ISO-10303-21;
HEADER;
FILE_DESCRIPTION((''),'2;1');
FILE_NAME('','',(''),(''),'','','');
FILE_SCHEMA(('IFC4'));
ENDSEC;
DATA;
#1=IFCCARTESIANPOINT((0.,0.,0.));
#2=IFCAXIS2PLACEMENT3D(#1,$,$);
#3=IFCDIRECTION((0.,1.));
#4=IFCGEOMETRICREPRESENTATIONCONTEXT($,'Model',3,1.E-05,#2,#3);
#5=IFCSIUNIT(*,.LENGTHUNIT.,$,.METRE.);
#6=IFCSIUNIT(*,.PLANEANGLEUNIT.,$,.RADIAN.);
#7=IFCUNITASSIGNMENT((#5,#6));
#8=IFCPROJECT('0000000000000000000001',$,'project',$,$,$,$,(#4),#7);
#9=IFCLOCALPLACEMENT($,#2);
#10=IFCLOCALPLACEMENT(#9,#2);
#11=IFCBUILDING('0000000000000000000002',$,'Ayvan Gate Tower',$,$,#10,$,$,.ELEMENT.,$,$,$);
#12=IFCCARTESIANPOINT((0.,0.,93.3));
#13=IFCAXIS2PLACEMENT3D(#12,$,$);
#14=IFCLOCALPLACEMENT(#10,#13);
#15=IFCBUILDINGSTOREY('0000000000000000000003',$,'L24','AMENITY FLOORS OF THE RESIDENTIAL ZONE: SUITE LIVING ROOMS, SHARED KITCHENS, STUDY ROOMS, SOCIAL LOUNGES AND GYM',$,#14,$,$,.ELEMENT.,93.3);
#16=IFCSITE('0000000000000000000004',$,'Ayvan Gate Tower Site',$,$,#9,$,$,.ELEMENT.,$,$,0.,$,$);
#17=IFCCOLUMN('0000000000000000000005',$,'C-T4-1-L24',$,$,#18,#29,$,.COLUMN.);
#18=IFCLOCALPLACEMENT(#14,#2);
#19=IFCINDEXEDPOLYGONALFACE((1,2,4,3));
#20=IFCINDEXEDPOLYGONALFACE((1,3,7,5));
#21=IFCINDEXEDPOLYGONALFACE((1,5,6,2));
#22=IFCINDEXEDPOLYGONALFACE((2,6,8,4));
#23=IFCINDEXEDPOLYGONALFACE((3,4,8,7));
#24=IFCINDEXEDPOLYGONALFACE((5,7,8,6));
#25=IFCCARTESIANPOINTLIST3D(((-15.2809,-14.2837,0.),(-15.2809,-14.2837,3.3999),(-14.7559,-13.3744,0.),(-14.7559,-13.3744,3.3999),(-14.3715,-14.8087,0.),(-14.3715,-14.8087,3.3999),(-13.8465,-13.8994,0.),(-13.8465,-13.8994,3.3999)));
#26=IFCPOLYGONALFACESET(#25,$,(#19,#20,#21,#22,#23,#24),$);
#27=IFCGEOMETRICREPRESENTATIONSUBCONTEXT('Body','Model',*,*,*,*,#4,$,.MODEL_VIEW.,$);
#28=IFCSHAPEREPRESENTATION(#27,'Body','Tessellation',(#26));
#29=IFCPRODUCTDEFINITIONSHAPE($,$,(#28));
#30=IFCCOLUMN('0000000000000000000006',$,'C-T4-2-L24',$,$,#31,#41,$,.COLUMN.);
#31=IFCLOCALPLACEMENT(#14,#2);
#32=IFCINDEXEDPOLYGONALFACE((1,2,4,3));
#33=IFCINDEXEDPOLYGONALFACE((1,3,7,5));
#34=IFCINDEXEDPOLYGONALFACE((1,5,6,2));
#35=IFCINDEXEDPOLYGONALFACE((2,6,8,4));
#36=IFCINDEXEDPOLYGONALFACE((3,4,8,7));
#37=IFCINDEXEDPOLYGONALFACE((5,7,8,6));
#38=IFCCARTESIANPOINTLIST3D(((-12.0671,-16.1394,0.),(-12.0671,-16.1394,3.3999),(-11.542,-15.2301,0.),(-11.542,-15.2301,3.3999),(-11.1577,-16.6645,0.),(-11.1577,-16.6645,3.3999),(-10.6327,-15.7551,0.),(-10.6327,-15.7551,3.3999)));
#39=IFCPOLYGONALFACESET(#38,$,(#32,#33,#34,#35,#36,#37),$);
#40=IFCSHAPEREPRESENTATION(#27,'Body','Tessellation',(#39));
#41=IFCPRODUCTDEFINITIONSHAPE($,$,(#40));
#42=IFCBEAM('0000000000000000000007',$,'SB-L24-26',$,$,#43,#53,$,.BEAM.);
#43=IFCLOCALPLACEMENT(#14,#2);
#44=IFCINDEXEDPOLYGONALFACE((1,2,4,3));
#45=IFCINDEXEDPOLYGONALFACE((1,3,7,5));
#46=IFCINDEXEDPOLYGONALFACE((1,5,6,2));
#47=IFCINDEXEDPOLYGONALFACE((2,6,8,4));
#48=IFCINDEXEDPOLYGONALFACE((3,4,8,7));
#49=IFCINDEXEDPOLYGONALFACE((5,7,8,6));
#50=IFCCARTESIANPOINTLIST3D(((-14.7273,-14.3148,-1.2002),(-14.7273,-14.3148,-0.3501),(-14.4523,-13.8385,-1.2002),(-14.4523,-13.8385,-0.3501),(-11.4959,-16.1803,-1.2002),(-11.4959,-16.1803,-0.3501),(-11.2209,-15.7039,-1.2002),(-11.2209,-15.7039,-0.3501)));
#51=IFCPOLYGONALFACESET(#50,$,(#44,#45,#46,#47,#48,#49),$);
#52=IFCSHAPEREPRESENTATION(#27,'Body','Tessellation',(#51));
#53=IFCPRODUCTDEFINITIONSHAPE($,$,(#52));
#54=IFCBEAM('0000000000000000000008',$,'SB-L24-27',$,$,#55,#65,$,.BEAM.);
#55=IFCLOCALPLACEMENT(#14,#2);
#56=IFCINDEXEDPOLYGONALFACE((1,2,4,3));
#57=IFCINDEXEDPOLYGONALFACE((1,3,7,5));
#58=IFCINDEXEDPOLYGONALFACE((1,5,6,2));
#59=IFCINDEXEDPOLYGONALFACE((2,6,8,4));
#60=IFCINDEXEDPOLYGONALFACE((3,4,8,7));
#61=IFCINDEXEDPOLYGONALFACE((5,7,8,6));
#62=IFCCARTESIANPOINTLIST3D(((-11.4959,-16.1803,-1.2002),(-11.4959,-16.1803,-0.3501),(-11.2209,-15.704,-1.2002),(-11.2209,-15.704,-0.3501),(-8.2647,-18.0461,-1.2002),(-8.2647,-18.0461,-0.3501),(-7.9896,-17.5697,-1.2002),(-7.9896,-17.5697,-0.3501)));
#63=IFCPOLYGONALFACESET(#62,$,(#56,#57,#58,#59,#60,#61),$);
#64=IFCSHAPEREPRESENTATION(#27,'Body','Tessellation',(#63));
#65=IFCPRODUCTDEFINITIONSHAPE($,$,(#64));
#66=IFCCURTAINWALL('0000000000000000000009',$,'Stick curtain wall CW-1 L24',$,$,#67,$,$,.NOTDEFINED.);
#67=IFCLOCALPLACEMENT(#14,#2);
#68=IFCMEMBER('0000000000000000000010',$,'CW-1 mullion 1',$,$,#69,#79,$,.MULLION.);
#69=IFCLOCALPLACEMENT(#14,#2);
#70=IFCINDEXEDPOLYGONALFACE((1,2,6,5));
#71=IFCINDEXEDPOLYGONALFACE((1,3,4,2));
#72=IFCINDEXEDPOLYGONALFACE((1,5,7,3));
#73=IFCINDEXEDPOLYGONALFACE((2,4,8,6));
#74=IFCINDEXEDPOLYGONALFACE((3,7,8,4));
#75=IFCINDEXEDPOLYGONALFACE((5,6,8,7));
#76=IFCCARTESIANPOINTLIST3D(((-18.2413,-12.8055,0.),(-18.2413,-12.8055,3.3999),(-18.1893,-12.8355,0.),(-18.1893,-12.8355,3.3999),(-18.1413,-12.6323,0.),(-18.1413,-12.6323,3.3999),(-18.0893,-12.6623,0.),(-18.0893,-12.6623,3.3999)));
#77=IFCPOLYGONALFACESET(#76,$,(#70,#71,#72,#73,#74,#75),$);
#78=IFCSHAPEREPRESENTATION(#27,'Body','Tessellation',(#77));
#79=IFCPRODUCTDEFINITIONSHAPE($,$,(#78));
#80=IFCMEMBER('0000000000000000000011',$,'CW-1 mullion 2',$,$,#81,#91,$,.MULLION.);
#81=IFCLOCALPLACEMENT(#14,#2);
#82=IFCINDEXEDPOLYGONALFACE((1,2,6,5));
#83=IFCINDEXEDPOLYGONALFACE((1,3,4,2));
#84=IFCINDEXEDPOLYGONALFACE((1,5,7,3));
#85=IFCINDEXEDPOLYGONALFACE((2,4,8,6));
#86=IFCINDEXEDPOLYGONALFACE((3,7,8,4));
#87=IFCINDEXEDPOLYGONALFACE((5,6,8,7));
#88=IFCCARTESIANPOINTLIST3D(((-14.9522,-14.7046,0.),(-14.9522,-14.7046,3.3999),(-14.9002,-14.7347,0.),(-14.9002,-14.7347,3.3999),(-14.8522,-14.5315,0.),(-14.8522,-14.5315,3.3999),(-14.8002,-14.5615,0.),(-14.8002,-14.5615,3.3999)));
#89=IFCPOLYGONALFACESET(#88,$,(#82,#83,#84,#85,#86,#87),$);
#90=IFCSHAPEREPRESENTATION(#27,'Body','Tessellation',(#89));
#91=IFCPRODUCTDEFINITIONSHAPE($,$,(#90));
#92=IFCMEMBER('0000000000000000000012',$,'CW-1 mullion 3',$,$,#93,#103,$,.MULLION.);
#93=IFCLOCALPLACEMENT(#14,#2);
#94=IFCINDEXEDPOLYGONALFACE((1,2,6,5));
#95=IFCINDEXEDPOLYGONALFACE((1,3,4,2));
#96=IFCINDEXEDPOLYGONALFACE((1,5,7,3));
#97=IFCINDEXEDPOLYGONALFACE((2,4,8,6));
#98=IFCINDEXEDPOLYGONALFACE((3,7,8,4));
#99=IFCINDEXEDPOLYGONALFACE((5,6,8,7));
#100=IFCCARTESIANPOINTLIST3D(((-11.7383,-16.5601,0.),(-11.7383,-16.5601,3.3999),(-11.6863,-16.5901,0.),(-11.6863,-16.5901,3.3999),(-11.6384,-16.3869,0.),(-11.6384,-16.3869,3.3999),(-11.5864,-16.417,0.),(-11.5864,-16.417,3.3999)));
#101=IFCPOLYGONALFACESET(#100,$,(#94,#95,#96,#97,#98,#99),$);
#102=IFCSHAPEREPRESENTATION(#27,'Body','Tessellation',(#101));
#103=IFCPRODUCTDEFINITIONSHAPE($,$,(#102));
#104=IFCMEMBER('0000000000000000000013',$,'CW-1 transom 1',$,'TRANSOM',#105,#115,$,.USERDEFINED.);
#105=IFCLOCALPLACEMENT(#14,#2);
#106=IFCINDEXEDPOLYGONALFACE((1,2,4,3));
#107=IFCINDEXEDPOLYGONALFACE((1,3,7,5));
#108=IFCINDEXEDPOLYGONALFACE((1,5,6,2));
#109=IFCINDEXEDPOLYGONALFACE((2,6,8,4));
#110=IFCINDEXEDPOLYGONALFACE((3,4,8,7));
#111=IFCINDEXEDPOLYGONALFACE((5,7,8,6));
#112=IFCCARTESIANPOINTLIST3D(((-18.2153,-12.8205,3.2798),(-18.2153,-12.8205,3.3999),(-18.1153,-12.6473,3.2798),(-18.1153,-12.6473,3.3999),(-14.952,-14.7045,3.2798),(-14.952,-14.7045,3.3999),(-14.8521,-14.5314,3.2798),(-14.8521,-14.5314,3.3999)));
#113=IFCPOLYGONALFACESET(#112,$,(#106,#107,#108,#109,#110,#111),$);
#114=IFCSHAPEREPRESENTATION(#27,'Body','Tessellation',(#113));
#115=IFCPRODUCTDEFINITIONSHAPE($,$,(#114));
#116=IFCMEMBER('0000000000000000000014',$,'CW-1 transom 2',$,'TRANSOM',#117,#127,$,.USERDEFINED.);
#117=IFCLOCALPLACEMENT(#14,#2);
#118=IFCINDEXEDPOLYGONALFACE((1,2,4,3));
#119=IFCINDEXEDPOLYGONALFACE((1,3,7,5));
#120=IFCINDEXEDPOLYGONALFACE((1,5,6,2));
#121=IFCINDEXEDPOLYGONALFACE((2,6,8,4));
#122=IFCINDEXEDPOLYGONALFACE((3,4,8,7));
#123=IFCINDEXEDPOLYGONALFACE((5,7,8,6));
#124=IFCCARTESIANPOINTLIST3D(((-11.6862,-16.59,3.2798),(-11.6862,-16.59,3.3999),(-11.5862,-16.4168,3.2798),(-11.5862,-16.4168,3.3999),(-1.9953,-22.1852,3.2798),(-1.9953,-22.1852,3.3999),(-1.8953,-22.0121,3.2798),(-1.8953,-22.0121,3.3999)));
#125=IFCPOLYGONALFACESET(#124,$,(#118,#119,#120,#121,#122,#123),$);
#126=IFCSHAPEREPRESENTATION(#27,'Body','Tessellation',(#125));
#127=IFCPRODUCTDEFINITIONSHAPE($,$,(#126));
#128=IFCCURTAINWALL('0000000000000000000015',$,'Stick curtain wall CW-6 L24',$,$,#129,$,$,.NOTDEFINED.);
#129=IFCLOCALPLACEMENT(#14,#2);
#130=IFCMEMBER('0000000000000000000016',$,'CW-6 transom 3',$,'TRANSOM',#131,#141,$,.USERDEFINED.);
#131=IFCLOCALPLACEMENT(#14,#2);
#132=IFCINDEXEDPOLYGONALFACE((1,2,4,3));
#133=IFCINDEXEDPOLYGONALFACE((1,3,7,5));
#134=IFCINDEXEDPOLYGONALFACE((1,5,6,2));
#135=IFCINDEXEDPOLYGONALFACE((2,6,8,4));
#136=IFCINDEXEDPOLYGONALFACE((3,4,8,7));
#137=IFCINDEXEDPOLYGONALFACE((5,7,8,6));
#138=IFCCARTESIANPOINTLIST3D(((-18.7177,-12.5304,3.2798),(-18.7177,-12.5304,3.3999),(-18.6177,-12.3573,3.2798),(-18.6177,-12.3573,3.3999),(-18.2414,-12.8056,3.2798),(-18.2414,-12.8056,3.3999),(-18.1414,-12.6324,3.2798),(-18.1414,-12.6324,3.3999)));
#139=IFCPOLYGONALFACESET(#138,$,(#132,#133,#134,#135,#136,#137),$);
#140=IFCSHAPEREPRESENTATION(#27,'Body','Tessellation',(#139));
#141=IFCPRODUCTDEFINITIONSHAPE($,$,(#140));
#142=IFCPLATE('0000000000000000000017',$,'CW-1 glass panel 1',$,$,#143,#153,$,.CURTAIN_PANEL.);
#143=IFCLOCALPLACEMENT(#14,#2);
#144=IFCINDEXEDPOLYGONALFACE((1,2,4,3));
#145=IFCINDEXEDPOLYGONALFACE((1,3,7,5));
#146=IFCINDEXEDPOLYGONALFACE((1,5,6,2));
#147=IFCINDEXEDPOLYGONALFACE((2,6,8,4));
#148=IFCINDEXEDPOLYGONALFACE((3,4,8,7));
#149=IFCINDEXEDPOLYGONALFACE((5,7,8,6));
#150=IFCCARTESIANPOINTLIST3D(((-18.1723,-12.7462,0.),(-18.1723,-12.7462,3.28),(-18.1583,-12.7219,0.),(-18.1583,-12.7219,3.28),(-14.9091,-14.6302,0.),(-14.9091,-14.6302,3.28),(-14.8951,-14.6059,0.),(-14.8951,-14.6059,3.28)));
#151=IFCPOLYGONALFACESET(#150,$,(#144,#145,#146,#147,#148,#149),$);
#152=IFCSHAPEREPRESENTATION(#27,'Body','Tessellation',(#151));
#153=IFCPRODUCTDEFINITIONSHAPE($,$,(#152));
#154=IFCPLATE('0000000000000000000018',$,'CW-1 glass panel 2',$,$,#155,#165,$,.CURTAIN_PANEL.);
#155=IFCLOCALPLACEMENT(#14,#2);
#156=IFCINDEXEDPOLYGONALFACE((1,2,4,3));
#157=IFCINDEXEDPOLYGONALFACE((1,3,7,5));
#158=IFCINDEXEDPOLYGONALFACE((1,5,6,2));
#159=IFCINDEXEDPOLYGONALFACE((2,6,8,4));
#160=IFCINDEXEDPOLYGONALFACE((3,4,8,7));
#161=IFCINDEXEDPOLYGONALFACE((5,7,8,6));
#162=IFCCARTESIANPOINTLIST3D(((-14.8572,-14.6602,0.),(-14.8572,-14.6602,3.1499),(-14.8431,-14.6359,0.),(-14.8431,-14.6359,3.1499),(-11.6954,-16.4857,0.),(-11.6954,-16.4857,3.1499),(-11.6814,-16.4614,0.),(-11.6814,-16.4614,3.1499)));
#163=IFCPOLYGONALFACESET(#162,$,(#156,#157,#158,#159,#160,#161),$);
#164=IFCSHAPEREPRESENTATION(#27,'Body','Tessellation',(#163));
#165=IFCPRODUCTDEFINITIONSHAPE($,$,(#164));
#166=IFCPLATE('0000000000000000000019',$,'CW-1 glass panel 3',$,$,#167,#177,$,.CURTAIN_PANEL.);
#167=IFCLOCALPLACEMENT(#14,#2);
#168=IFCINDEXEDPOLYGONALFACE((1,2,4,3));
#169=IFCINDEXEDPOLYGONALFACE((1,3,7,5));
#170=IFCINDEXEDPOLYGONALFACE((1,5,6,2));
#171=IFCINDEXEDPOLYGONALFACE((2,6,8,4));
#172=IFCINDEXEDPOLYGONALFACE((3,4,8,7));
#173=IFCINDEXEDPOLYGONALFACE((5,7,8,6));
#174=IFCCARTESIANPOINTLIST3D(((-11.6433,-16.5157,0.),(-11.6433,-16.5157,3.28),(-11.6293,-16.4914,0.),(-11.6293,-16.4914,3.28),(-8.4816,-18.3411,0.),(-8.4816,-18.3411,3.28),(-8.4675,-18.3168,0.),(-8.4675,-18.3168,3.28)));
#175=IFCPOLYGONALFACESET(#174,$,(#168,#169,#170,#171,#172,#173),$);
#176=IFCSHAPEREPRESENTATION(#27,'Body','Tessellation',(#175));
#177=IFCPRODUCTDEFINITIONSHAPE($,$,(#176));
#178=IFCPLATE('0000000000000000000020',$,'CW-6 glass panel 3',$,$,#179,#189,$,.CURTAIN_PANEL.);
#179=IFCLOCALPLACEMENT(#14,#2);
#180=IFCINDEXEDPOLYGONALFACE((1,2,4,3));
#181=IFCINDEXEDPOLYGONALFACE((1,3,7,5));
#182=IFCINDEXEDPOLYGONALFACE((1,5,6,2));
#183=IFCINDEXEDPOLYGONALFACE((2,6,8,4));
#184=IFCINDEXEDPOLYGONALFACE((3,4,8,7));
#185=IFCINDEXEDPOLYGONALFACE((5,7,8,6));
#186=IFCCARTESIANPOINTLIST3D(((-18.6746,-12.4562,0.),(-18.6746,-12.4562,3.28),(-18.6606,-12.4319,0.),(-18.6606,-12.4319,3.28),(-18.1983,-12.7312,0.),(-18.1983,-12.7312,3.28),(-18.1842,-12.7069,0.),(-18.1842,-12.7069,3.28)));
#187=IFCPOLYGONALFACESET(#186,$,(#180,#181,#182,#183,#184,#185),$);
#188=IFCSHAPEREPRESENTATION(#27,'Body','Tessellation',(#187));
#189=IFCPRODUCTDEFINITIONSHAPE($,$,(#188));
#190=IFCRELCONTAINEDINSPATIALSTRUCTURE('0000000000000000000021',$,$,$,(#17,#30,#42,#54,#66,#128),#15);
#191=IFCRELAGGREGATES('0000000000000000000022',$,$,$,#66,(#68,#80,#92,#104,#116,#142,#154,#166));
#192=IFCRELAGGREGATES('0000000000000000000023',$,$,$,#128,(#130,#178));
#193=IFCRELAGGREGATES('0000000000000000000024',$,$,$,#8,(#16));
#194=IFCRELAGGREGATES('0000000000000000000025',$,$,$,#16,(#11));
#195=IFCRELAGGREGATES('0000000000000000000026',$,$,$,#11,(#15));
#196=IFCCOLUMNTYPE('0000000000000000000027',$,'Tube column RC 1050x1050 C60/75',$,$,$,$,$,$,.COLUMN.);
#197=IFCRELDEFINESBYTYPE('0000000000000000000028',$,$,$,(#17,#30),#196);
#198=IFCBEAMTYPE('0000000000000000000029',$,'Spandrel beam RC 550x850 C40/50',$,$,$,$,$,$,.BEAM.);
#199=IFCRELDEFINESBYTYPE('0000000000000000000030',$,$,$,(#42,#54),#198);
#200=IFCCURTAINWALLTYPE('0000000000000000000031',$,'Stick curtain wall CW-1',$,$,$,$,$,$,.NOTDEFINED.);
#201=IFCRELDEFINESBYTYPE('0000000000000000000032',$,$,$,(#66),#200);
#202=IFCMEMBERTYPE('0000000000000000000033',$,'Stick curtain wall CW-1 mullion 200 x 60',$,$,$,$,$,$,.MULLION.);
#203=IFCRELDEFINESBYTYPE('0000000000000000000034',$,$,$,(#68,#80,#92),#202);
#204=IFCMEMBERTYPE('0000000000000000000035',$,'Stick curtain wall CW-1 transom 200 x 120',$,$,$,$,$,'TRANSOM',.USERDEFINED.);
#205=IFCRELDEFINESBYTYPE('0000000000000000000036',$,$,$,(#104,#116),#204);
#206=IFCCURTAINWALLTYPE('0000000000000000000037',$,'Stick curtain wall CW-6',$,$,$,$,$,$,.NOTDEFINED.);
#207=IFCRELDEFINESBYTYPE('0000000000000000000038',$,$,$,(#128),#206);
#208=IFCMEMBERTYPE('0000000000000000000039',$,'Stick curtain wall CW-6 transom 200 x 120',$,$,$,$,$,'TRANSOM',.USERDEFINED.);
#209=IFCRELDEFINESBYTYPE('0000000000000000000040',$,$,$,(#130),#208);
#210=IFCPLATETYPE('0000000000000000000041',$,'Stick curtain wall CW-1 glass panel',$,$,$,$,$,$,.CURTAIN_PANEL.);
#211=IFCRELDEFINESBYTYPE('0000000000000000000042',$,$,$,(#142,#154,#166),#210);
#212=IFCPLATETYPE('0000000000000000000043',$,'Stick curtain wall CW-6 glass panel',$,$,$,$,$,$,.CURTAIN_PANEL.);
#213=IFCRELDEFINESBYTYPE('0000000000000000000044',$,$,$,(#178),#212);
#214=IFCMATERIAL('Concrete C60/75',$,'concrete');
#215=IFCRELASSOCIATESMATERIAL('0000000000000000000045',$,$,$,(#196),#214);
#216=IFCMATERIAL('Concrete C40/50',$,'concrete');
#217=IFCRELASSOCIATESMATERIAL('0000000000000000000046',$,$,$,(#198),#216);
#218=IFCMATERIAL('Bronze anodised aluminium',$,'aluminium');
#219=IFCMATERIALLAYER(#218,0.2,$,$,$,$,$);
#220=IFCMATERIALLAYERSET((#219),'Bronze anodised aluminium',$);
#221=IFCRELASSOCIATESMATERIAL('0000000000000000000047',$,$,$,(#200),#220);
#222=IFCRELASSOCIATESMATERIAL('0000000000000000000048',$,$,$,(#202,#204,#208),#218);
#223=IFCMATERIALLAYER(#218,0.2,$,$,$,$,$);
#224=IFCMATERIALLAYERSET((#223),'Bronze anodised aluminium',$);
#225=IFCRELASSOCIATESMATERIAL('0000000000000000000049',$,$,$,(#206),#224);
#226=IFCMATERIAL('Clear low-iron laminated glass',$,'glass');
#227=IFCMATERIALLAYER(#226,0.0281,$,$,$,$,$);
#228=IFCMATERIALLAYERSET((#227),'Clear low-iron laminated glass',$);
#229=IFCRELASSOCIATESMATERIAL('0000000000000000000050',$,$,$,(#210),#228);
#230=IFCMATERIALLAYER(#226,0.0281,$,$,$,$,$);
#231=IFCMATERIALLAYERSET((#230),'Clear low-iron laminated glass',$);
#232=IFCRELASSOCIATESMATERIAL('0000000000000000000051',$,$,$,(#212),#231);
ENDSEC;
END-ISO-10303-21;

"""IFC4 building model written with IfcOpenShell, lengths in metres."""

from ifc_helpers import new_model, si_unit, direction, frame, origin, origin_2d, place, context, subcontext, project, spatial, rectangle, extrude, material, layer, layer_set, material_profile, profile_set, type_object, element, aggregate, save


model = new_model("IFC4")

# Units and contexts
model_context = context("Model", 3, precision=1e-05, world=origin(), true_north=direction((0.0, 1.0)))
body_context = subcontext(model_context, "Body", "Model", "MODEL_VIEW")
ifc_project = project(units=[si_unit("LENGTHUNIT", "METRE"), si_unit("PLANEANGLEUNIT", "RADIAN")], contexts=[model_context])

# Site, building, storey
site_placement = place(None, origin())
site = spatial("IfcSite", under=ifc_project, at=site_placement, Name="Ayvan Gate Tower Site", CompositionType="ELEMENT", RefElevation=0.0)
building_placement = place(site_placement, origin())
building = spatial("IfcBuilding", under=site, at=building_placement, Name="Ayvan Gate Tower", CompositionType="ELEMENT")
storey_placement = place(building_placement, frame((0.0, 0.0, 93.3)))
storey = spatial("IfcBuildingStorey", under=building, at=storey_placement, Name="L24", Description="AMENITY FLOORS OF THE RESIDENTIAL ZONE: SUITE LIVING ROOMS, SHARED KITCHENS, STUDY ROOMS, SOCIAL LOUNGES AND GYM", CompositionType="ELEMENT", Elevation=93.3)

# Columns
ifc_material_1 = material(Name="Concrete C60/75", Category="concrete")
ifc_material_profile_1 = material_profile(ifc_material_1, rectangle(XDim=1.05, YDim=1.05, at=origin_2d()), Name="RC 1050x1050")
ifc_profile_set_1 = profile_set([ifc_material_profile_1], Name="Concrete C60/75")
column_type = type_object("IfcColumnType", Name="Tube column RC 1050x1050 C60/75", PredefinedType="COLUMN", material=ifc_profile_set_1)
for number, where, z_axis, x_axis, name in (
    (1, (-14.5637, -14.0916, 0.0), (0.0, 0.0, 1.0), (-0.5, -0.866025, 0.0), "C-T4-1-L24"),
    (2, (-11.3499, -15.9473, 0.0), (0.0, 0.0, 1.0), (-0.5, -0.866025, 0.0), "C-T4-2-L24"),
):
    element("IfcColumn", number, at=place(storey_placement, frame(where, z_axis=z_axis, x_axis=x_axis)), inside=storey, type_object=column_type, Name=name, PredefinedType="COLUMN", context=body_context, shape_type="SweptSolid", body=[
        extrude(rectangle(XDim=1.05, YDim=1.05, at=origin_2d()), origin(), (0.0, 0.0, 1.0), 3.3999),
    ])

# Beams
ifc_material_2 = material(Name="Concrete C40/50", Category="concrete")
ifc_material_profile_2 = material_profile(ifc_material_2, rectangle(XDim=0.55, YDim=0.8501, at=origin_2d()), Name="RC 550x850")
ifc_profile_set_2 = profile_set([ifc_material_profile_2], Name="Concrete C40/50")
beam_type = type_object("IfcBeamType", Name="Spandrel beam RC 550x850 C40/50", PredefinedType="BEAM", material=ifc_profile_set_2)
for number, where, z_axis, x_axis, name in (
    (3, (-14.5898, -14.0767, -0.7751), (0.866048, -0.49996, 0.0), (0.49996, 0.866048, 0.0), "SB-L24-26"),
    (4, (-11.3584, -15.9421, -0.7751), (0.866004, -0.500038, 0.0), (0.500038, 0.866004, 0.0), "SB-L24-27"),
):
    element("IfcBeam", number, at=place(storey_placement, frame(where, z_axis=z_axis, x_axis=x_axis)), inside=storey, type_object=beam_type, Name=name, PredefinedType="BEAM", context=body_context, shape_type="SweptSolid", body=[
        extrude(rectangle(XDim=0.55, YDim=0.8501, at=origin_2d()), origin(), (0.0, 0.0, 1.0), 3.7312),
    ])

# Curtain wall, members
ifc_material_3 = material(Name="Bronze anodised aluminium", Category="aluminium")
ifc_layer_1 = layer(ifc_material_3, 0.2)
ifc_layer_set_1 = layer_set([ifc_layer_1], Name="Bronze anodised aluminium")
curtain_wall_type_1 = type_object("IfcCurtainWallType", Name="Stick curtain wall CW-1", PredefinedType="NOTDEFINED", material=ifc_layer_set_1)
curtain_wall_1_placement = place(storey_placement, origin())
curtain_wall_1 = element("IfcCurtainWall", 5, at=curtain_wall_1_placement, inside=storey, type_object=curtain_wall_type_1, Name="Stick curtain wall CW-1 L24", PredefinedType="NOTDEFINED")
ifc_material_profile_3 = material_profile(ifc_material_3, rectangle(XDim=0.2, YDim=0.0601, at=origin_2d()), Name="Stick curtain wall CW-1 mullion 200 x 60")
ifc_profile_set_3 = profile_set([ifc_material_profile_3], Name="Bronze anodised aluminium")
member_type_1 = type_object("IfcMemberType", Name="Stick curtain wall CW-1 mullion 200 x 60", PredefinedType="MULLION", material=ifc_profile_set_3)
member_1_placement = place(storey_placement, frame((-18.1653, -12.7339, 0.0), z_axis=(0.0, 0.0, 1.0), x_axis=(-0.5, -0.866025, 0.0)))
member_1 = element("IfcMember", 6, at=member_1_placement, type_object=member_type_1, Name="CW-1 mullion 1", PredefinedType="MULLION", context=body_context, shape_type="SweptSolid", body=[
    extrude(rectangle(XDim=0.2, YDim=0.0601, at=origin_2d()), origin(), (0.0, 0.0, 1.0), 3.3999),
])
member_2_placement = place(storey_placement, frame((-14.8762, -14.6331, 0.0), z_axis=(0.0, 0.0, 1.0), x_axis=(-0.5, -0.866025, 0.0)))
member_2 = element("IfcMember", 7, at=member_2_placement, type_object=member_type_1, Name="CW-1 mullion 2", PredefinedType="MULLION", context=body_context, shape_type="SweptSolid", body=[
    extrude(rectangle(XDim=0.2, YDim=0.0601, at=origin_2d()), origin(), (0.0, 0.0, 1.0), 3.3999),
])
member_3_placement = place(storey_placement, frame((-11.6624, -16.4885, 0.0), z_axis=(0.0, 0.0, 1.0), x_axis=(-0.5, -0.866025, 0.0)))
member_3 = element("IfcMember", 8, at=member_3_placement, type_object=member_type_1, Name="CW-1 mullion 3", PredefinedType="MULLION", context=body_context, shape_type="SweptSolid", body=[
    extrude(rectangle(XDim=0.2, YDim=0.0601, at=origin_2d()), origin(), (0.0, 0.0, 1.0), 3.3999),
])
ifc_material_profile_4 = material_profile(ifc_material_3, rectangle(XDim=0.2, YDim=0.1201, at=origin_2d()), Name="Stick curtain wall CW-1 transom 200 x 120")
ifc_profile_set_4 = profile_set([ifc_material_profile_4], Name="Bronze anodised aluminium")
member_type_2 = type_object("IfcMemberType", Name="Stick curtain wall CW-1 transom 200 x 120", ElementType="TRANSOM", PredefinedType="USERDEFINED", material=ifc_profile_set_4)
member_4_placement = place(storey_placement, frame((-18.1653, -12.7339, 3.3398), z_axis=(0.866022, -0.500007, 0.0), x_axis=(0.500007, 0.866022, 0.0)))
member_4 = element("IfcMember", 9, at=member_4_placement, type_object=member_type_2, Name="CW-1 transom 1", ObjectType="TRANSOM", PredefinedType="USERDEFINED", context=body_context, shape_type="SweptSolid", body=[
    extrude(rectangle(XDim=0.2, YDim=0.1201, at=origin_2d()), origin(), (0.0, 0.0, 1.0), 3.7681),
])
member_5_placement = place(storey_placement, frame((-11.6362, -16.5034, 3.3398), z_axis=(0.866019, -0.500011, 0.0), x_axis=(0.500011, 0.866019, 0.0)))
member_5 = element("IfcMember", 10, at=member_5_placement, type_object=member_type_2, Name="CW-1 transom 2", ObjectType="TRANSOM", PredefinedType="USERDEFINED", context=body_context, shape_type="SweptSolid", body=[
    extrude(rectangle(XDim=0.2, YDim=0.1201, at=origin_2d()), origin(), (0.0, 0.0, 1.0), 11.1902),
])

# Curtain wall, member
ifc_layer_2 = layer(ifc_material_3, 0.2)
ifc_layer_set_2 = layer_set([ifc_layer_2], Name="Bronze anodised aluminium")
curtain_wall_type_2 = type_object("IfcCurtainWallType", Name="Stick curtain wall CW-6", PredefinedType="NOTDEFINED", material=ifc_layer_set_2)
curtain_wall_2_placement = place(storey_placement, origin())
curtain_wall_2 = element("IfcCurtainWall", 11, at=curtain_wall_2_placement, inside=storey, type_object=curtain_wall_type_2, Name="Stick curtain wall CW-6 L24", PredefinedType="NOTDEFINED")
ifc_material_profile_5 = material_profile(ifc_material_3, rectangle(XDim=0.2, YDim=0.1201, at=origin_2d()), Name="Stick curtain wall CW-6 transom 200 x 120")
ifc_profile_set_5 = profile_set([ifc_material_profile_5], Name="Bronze anodised aluminium")
member_type_3 = type_object("IfcMemberType", Name="Stick curtain wall CW-6 transom 200 x 120", ElementType="TRANSOM", PredefinedType="USERDEFINED", material=ifc_profile_set_5)
member_6_placement = place(storey_placement, frame((-18.6677, -12.4438, 3.3398), z_axis=(0.865912, -0.500196, 0.0), x_axis=(0.500196, 0.865912, 0.0)))
member_6 = element("IfcMember", 12, at=member_6_placement, type_object=member_type_3, Name="CW-6 transom 3", ObjectType="TRANSOM", PredefinedType="USERDEFINED", context=body_context, shape_type="SweptSolid", body=[
    extrude(rectangle(XDim=0.2, YDim=0.1201, at=origin_2d()), origin(), (0.0, 0.0, 1.0), 0.55),
])

# Plates
ifc_material_4 = material(Name="Clear low-iron laminated glass", Category="glass")
ifc_layer_3 = layer(ifc_material_4, 0.0281)
ifc_layer_set_3 = layer_set([ifc_layer_3], Name="Clear low-iron laminated glass")
plate_type_1 = type_object("IfcPlateType", Name="Stick curtain wall CW-1 glass panel", PredefinedType="CURTAIN_PANEL", material=ifc_layer_set_3)
plate_1_placement = place(storey_placement, frame((-16.5337, -13.676, 0.0), z_axis=(0.0, 0.0, 1.0), x_axis=(0.866025, -0.5, 0.0)))
plate_1 = element("IfcPlate", 13, at=plate_1_placement, type_object=plate_type_1, Name="CW-1 glass panel 1", PredefinedType="CURTAIN_PANEL", context=body_context, shape_type="SweptSolid", body=[
    extrude(rectangle(XDim=3.7681, YDim=0.0281, at=origin_2d()), origin(), (0.0, 0.0, 1.0), 3.28),
])
plate_2_placement = place(storey_placement, frame((-13.2693, -15.5608, 0.0), z_axis=(0.0, 0.0, 1.0), x_axis=(0.866025, -0.5, 0.0)))
plate_2 = element("IfcPlate", 14, at=plate_2_placement, type_object=plate_type_1, Name="CW-1 glass panel 2", PredefinedType="CURTAIN_PANEL", context=body_context, shape_type="SweptSolid", body=[
    extrude(rectangle(XDim=3.6509, YDim=0.0281, at=origin_2d()), origin(), (0.0, 0.0, 1.0), 3.1499),
])
plate_3_placement = place(storey_placement, frame((-10.0554, -17.4163, 0.0), z_axis=(0.0, 0.0, 1.0), x_axis=(0.866025, -0.5, 0.0)))
plate_3 = element("IfcPlate", 15, at=plate_3_placement, type_object=plate_type_1, Name="CW-1 glass panel 3", PredefinedType="CURTAIN_PANEL", context=body_context, shape_type="SweptSolid", body=[
    extrude(rectangle(XDim=3.6509, YDim=0.0281, at=origin_2d()), origin(), (0.0, 0.0, 1.0), 3.28),
])
aggregate(curtain_wall_1, [member_1, member_2, member_3, member_4, member_5, plate_1, plate_2, plate_3])
ifc_layer_4 = layer(ifc_material_4, 0.0281)
ifc_layer_set_4 = layer_set([ifc_layer_4], Name="Clear low-iron laminated glass")
plate_type_2 = type_object("IfcPlateType", Name="Stick curtain wall CW-6 glass panel", PredefinedType="CURTAIN_PANEL", material=ifc_layer_set_4)
plate_4_placement = place(storey_placement, frame((-18.4294, -12.5815, 0.0), z_axis=(0.0, 0.0, 1.0), x_axis=(0.866025, -0.5, 0.0)))
plate_4 = element("IfcPlate", 16, at=plate_4_placement, type_object=plate_type_2, Name="CW-6 glass panel 3", PredefinedType="CURTAIN_PANEL", context=body_context, shape_type="SweptSolid", body=[
    extrude(rectangle(XDim=0.55, YDim=0.0281, at=origin_2d()), origin(), (0.0, 0.0, 1.0), 3.28),
])
aggregate(curtain_wall_2, [member_6, plate_4])

save(model, "model.ifc")
